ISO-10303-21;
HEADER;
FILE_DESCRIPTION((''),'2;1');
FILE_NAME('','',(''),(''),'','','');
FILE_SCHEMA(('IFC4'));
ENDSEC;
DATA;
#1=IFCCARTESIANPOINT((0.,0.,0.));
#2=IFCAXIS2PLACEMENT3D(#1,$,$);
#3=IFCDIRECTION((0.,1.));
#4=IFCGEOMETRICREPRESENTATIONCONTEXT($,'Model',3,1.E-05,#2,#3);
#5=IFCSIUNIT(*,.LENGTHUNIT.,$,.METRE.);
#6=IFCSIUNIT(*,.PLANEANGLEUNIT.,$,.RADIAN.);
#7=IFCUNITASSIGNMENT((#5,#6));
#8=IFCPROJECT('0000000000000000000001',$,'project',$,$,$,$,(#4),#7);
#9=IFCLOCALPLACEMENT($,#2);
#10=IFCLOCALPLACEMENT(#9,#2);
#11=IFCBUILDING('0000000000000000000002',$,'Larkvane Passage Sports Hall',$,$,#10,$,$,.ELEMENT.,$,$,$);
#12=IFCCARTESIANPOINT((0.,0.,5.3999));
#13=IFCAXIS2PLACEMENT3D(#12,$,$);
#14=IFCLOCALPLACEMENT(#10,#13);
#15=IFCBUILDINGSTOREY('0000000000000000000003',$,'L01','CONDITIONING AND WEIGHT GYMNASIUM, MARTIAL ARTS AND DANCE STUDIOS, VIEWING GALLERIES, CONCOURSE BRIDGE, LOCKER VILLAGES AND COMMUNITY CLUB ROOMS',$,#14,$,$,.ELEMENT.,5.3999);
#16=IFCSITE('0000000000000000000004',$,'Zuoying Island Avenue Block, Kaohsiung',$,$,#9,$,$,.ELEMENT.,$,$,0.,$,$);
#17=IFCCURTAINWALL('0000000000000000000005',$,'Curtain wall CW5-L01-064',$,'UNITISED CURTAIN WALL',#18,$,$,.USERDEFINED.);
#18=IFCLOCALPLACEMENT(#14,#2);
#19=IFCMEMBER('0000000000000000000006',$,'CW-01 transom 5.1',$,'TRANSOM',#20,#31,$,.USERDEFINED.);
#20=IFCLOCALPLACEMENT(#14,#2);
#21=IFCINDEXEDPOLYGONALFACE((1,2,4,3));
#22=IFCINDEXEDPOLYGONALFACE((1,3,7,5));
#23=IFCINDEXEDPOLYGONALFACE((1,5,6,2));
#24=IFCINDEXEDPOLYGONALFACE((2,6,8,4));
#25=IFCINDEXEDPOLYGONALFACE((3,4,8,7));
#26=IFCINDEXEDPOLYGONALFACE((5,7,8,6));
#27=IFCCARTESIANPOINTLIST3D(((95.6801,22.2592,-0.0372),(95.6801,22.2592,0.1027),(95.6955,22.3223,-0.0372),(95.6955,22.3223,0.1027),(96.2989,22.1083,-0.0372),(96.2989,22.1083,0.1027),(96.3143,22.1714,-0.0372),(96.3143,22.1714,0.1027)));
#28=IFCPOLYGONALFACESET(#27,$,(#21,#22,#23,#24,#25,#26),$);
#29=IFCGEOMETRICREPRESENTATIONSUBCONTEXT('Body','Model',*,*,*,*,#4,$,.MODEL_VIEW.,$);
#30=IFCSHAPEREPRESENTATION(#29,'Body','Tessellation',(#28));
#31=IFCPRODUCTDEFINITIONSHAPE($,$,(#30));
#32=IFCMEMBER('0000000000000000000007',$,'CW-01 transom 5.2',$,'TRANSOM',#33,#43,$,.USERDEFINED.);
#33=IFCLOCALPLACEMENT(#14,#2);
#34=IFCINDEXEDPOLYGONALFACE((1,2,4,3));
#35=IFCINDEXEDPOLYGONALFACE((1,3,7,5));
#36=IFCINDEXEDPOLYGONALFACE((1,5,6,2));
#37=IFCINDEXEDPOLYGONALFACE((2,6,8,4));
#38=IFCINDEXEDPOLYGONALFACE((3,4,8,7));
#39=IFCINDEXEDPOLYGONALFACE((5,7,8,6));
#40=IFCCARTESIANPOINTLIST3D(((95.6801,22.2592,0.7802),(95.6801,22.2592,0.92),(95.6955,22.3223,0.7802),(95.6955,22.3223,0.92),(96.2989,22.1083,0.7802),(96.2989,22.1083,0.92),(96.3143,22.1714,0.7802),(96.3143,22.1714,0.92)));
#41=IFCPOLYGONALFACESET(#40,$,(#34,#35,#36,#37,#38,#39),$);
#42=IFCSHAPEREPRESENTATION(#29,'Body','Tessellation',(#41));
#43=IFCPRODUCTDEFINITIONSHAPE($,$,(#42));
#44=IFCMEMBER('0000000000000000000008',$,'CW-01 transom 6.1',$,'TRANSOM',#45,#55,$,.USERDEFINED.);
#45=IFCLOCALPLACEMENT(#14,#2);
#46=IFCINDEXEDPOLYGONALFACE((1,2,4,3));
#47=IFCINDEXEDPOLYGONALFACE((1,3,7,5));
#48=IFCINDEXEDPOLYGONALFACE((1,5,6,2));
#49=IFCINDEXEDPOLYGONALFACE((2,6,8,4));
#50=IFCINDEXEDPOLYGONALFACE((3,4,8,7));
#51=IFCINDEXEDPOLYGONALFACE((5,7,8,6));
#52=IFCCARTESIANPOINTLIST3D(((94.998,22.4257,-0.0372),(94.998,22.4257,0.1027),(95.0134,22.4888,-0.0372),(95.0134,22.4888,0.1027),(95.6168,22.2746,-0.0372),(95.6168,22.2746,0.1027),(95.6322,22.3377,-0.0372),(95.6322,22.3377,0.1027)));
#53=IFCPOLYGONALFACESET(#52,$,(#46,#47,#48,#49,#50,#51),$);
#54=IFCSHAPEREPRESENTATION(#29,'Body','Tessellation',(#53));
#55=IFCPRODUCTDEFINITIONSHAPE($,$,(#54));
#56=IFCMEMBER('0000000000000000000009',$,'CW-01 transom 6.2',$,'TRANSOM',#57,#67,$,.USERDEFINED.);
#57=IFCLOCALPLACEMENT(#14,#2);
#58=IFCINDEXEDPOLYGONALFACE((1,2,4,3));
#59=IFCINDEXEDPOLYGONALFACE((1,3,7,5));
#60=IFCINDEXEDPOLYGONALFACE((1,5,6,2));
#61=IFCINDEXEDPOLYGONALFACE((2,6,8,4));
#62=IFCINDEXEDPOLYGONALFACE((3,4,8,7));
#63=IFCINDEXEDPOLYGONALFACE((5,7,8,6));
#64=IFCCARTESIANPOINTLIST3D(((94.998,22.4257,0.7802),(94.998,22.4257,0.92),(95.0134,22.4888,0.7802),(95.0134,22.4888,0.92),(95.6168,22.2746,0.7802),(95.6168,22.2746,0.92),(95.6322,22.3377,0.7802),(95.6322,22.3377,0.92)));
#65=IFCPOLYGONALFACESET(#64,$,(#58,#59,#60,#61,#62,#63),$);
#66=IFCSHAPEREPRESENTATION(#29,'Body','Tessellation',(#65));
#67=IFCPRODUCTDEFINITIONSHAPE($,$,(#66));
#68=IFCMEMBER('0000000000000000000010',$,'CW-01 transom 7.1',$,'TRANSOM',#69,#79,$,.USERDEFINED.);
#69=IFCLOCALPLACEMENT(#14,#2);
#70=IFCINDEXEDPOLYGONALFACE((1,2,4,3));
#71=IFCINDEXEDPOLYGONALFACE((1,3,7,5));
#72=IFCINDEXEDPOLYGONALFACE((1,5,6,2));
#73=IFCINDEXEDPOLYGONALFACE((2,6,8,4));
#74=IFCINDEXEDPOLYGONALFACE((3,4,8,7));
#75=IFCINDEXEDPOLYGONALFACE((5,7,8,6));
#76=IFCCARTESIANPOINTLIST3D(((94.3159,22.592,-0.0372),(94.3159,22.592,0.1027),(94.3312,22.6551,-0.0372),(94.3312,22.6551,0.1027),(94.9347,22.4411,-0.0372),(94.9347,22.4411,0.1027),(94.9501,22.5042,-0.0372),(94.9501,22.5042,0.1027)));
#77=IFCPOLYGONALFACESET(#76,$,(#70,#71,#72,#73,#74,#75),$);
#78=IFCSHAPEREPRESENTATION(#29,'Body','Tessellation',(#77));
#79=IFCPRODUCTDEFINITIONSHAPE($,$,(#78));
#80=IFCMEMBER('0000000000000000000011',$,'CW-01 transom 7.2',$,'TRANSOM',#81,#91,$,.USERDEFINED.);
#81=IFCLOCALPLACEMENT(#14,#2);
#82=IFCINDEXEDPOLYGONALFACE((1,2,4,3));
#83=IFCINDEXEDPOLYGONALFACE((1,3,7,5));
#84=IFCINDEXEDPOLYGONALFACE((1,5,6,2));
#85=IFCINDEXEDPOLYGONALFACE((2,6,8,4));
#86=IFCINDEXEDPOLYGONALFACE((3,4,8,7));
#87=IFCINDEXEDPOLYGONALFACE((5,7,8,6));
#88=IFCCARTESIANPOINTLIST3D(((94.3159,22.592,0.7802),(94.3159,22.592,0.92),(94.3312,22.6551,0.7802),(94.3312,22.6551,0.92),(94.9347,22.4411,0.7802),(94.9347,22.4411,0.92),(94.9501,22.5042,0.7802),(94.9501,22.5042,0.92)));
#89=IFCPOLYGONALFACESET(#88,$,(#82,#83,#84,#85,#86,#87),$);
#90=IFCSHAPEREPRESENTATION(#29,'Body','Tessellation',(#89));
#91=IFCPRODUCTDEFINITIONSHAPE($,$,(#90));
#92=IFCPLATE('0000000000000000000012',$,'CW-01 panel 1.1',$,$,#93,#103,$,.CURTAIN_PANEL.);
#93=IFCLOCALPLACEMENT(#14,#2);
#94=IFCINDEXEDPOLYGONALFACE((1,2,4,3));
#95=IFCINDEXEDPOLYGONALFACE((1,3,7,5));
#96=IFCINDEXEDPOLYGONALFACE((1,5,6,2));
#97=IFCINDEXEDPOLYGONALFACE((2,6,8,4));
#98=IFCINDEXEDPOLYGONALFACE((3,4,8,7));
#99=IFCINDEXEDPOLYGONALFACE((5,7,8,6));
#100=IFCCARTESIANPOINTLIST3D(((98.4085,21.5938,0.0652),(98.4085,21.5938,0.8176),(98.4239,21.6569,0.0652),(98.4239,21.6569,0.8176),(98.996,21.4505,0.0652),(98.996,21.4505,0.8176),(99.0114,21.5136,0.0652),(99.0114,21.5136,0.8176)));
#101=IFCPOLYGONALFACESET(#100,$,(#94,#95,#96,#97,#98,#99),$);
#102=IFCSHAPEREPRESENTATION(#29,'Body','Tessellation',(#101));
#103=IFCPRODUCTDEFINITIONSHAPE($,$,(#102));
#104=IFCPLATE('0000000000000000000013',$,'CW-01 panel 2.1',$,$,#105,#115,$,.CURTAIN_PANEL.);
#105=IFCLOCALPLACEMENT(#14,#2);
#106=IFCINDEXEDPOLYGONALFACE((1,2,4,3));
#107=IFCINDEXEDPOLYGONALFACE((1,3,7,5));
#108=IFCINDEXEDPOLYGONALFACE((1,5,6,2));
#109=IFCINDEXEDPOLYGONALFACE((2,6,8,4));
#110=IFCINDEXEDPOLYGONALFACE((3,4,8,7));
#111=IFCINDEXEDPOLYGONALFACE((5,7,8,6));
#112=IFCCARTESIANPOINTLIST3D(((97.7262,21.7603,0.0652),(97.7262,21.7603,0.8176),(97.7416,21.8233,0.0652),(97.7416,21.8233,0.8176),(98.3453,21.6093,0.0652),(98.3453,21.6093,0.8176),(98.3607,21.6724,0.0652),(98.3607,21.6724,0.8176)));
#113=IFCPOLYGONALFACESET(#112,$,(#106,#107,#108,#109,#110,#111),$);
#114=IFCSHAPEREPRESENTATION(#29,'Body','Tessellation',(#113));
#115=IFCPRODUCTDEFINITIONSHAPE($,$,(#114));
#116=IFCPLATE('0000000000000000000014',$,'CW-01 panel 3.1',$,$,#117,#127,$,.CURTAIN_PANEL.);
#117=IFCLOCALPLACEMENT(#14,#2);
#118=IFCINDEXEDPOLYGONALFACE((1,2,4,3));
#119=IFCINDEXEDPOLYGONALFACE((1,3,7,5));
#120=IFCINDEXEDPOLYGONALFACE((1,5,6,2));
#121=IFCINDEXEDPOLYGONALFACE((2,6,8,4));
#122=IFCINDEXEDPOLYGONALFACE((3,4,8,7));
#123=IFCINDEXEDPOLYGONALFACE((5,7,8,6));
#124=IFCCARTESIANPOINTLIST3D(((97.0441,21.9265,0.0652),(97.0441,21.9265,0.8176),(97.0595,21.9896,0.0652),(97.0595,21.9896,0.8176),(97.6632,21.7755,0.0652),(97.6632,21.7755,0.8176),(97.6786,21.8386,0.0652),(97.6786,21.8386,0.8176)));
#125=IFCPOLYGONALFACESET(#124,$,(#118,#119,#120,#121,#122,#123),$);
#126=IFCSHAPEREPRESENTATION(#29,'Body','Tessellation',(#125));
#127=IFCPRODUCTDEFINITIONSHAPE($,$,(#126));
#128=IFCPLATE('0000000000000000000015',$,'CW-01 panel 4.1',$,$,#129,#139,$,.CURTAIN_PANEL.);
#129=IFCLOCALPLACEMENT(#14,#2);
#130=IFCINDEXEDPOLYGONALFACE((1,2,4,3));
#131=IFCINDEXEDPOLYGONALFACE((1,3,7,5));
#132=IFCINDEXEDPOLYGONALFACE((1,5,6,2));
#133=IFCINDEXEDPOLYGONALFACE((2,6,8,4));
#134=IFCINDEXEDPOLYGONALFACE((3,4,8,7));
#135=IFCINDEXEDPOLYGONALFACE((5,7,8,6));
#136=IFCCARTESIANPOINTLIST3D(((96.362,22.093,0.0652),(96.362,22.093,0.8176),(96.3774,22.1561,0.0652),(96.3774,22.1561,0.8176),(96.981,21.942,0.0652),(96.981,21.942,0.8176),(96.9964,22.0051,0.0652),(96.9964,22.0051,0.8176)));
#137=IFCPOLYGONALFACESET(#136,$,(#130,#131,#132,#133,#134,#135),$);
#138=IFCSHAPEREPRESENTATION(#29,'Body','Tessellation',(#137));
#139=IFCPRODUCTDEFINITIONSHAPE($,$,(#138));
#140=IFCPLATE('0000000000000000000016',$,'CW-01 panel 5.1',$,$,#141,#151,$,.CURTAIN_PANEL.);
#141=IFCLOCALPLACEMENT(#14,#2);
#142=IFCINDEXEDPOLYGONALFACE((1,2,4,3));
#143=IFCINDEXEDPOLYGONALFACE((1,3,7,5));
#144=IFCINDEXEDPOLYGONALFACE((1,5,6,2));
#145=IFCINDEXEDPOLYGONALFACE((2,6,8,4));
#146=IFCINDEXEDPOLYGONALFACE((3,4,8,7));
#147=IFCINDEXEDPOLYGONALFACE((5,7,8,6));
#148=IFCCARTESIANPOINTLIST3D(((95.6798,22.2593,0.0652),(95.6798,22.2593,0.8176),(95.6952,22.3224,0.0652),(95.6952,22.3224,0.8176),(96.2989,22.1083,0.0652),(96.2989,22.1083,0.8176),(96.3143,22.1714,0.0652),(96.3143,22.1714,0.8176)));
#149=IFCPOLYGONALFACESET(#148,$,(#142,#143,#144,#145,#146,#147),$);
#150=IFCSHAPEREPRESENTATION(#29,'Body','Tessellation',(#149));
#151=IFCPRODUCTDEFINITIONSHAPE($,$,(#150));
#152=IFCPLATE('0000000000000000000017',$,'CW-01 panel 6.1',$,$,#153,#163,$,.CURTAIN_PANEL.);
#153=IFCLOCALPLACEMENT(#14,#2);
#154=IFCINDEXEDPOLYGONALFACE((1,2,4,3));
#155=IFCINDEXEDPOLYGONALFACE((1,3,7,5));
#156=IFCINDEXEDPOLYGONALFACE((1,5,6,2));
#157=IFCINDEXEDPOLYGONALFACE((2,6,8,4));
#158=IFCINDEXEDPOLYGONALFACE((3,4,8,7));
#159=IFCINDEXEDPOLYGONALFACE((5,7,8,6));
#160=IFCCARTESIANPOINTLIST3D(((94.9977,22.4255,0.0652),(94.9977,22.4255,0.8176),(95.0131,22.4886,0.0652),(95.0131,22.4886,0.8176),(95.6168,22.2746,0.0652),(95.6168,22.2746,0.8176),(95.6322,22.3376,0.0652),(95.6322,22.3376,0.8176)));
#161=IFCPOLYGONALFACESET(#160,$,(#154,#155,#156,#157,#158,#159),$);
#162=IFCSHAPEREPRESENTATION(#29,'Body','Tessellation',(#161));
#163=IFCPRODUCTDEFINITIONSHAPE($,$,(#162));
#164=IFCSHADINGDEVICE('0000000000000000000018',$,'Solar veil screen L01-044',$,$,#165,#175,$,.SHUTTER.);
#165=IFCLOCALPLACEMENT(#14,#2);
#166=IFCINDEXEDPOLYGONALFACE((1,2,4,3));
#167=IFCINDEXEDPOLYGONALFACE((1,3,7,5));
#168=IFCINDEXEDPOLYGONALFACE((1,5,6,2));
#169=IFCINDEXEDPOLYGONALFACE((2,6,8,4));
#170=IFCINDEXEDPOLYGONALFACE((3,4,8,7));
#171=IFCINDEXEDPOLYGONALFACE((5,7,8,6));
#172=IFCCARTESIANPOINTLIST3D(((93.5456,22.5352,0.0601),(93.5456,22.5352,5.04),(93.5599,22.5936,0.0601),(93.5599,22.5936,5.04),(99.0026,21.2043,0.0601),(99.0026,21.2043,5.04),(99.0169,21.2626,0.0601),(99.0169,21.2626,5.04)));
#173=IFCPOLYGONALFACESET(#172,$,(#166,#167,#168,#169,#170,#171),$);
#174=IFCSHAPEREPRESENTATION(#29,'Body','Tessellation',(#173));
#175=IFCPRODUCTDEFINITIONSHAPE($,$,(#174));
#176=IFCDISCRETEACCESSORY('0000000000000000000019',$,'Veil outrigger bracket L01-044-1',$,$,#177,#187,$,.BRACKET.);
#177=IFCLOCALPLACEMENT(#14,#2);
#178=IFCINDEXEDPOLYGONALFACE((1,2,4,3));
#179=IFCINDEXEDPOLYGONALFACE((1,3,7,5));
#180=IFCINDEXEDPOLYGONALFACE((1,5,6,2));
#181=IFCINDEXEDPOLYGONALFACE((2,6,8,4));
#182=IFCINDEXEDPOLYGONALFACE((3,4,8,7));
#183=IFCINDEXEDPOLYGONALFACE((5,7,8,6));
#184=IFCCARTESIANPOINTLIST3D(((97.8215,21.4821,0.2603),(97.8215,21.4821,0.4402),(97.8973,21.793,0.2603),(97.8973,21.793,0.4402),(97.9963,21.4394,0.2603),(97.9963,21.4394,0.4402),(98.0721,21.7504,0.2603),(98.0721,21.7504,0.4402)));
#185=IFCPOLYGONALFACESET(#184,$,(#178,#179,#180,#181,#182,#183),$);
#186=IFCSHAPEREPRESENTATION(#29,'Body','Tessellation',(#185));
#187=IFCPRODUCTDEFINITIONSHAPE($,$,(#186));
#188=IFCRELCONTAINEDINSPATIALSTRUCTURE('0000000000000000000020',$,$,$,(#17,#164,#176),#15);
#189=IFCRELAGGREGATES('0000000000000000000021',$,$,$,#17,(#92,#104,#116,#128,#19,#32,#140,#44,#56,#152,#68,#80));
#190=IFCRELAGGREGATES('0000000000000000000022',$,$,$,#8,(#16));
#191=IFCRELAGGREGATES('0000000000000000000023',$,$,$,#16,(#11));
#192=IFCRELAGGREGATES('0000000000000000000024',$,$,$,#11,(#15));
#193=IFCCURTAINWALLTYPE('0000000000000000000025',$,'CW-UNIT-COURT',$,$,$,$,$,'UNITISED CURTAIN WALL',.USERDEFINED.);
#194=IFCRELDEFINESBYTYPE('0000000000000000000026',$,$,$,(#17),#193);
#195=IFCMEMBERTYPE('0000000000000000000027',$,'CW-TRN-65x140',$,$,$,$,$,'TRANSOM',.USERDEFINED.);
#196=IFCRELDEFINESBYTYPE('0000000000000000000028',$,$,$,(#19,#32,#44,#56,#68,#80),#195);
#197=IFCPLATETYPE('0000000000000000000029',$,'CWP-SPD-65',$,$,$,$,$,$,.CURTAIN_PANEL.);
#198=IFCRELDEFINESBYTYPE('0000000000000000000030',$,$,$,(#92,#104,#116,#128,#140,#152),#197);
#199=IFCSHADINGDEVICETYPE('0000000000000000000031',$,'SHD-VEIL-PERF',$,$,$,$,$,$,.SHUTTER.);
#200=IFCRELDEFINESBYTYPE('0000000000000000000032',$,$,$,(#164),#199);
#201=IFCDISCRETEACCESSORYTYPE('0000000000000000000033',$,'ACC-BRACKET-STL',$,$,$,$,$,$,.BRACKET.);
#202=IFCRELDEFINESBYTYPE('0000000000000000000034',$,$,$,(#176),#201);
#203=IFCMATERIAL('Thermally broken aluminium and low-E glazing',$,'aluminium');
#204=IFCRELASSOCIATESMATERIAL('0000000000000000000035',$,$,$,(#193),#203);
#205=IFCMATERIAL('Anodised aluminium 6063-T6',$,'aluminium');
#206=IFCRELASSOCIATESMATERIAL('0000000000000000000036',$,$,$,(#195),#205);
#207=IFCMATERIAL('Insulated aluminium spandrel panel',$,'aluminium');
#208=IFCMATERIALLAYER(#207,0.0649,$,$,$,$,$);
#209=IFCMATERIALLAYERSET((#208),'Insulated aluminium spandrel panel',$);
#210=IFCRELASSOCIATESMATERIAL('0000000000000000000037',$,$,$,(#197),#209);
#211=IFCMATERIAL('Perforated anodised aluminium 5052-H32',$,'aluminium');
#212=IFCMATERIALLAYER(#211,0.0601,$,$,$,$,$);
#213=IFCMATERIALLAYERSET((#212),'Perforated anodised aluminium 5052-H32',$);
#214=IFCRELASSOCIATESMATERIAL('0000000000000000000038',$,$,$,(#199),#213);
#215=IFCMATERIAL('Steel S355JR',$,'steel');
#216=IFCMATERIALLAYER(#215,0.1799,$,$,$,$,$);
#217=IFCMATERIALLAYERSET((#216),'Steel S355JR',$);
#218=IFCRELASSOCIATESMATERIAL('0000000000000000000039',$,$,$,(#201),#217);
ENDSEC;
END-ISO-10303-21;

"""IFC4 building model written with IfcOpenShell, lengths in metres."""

from ifc_helpers import new_model, si_unit, direction, frame, origin, origin_2d, place, context, subcontext, project, spatial, rectangle, extrude, material, layer, layer_set, material_profile, profile_set, type_object, element, aggregate, save


model = new_model("IFC4")

# Units and contexts
model_context = context("Model", 3, precision=1e-05, world=origin(), true_north=direction((0.0, 1.0)))
body_context = subcontext(model_context, "Body", "Model", "MODEL_VIEW")
ifc_project = project(units=[si_unit("LENGTHUNIT", "METRE"), si_unit("PLANEANGLEUNIT", "RADIAN")], contexts=[model_context])

# Site, building, storey
site_placement = place(None, origin())
site = spatial("IfcSite", under=ifc_project, at=site_placement, Name="Zuoying Island Avenue Block, Kaohsiung", CompositionType="ELEMENT", RefElevation=0.0)
building_placement = place(site_placement, origin())
building = spatial("IfcBuilding", under=site, at=building_placement, Name="Larkvane Passage Sports Hall", CompositionType="ELEMENT")
storey_placement = place(building_placement, frame((0.0, 0.0, 5.3999)))
storey = spatial("IfcBuildingStorey", under=building, at=storey_placement, Name="L01", Description="CONDITIONING AND WEIGHT GYMNASIUM, MARTIAL ARTS AND DANCE STUDIOS, VIEWING GALLERIES, CONCOURSE BRIDGE, LOCKER VILLAGES AND COMMUNITY CLUB ROOMS", CompositionType="ELEMENT", Elevation=5.3999)

# Curtain wall, members, plates
ifc_material_1 = material(Name="Thermally broken aluminium and low-E glazing", Category="aluminium")
curtain_wall_type = type_object("IfcCurtainWallType", Name="CW-UNIT-COURT", ElementType="UNITISED CURTAIN WALL", PredefinedType="USERDEFINED", material=ifc_material_1)
curtain_wall_placement = place(storey_placement, origin())
curtain_wall = element("IfcCurtainWall", 1, at=curtain_wall_placement, inside=storey, type_object=curtain_wall_type, Name="Curtain wall CW5-L01-064", ObjectType="UNITISED CURTAIN WALL", PredefinedType="USERDEFINED")
ifc_material_2 = material(Name="Anodised aluminium 6063-T6", Category="aluminium")
ifc_material_profile_1 = material_profile(ifc_material_2, rectangle(XDim=0.0649, YDim=0.1399, at=origin_2d()), Name="ALU-TRN-65x140")
ifc_profile_set_1 = profile_set([ifc_material_profile_1], Name="Anodised aluminium 6063-T6")
member_type_1 = type_object("IfcMemberType", Name="CW-TRN-65x140", ElementType="TRANSOM", PredefinedType="USERDEFINED", material=ifc_profile_set_1)
member_1_placement = place(storey_placement, frame((96.3066, 22.1399, 0.0327), z_axis=(-0.971546, 0.23685, 0.0), x_axis=(-0.23685, -0.971546, 0.0)))
member_1 = element("IfcMember", 2, at=member_1_placement, type_object=member_type_1, Name="CW-01 transom 5.1", ObjectType="TRANSOM", PredefinedType="USERDEFINED", context=body_context, shape_type="SweptSolid", body=[
    extrude(rectangle(XDim=0.0649, YDim=0.1399, at=origin_2d()), origin(), (0.0, 0.0, 1.0), 0.637),
])
member_2_placement = place(storey_placement, frame((96.3066, 22.1399, 0.8501), z_axis=(-0.971546, 0.23685, 0.0), x_axis=(-0.23685, -0.971546, 0.0)))
member_2 = element("IfcMember", 3, at=member_2_placement, type_object=member_type_1, Name="CW-01 transom 5.2", ObjectType="TRANSOM", PredefinedType="USERDEFINED", context=body_context, shape_type="SweptSolid", body=[
    extrude(rectangle(XDim=0.0649, YDim=0.1399, at=origin_2d()), origin(), (0.0, 0.0, 1.0), 0.637),
])
member_3_placement = place(storey_placement, frame((95.6245, 22.3062, 0.0327), z_axis=(-0.971458, 0.237212, 0.0), x_axis=(-0.237212, -0.971458, 0.0)))
member_3 = element("IfcMember", 4, at=member_3_placement, type_object=member_type_1, Name="CW-01 transom 6.1", ObjectType="TRANSOM", PredefinedType="USERDEFINED", context=body_context, shape_type="SweptSolid", body=[
    extrude(rectangle(XDim=0.0649, YDim=0.1399, at=origin_2d()), origin(), (0.0, 0.0, 1.0), 0.637),
])
member_4_placement = place(storey_placement, frame((95.6245, 22.3062, 0.8501), z_axis=(-0.971458, 0.237212, 0.0), x_axis=(-0.237212, -0.971458, 0.0)))
member_4 = element("IfcMember", 5, at=member_4_placement, type_object=member_type_1, Name="CW-01 transom 6.2", ObjectType="TRANSOM", PredefinedType="USERDEFINED", context=body_context, shape_type="SweptSolid", body=[
    extrude(rectangle(XDim=0.0649, YDim=0.1399, at=origin_2d()), origin(), (0.0, 0.0, 1.0), 0.637),
])
member_5_placement = place(storey_placement, frame((94.9424, 22.4727, 0.0327), z_axis=(-0.971546, 0.23685, 0.0), x_axis=(-0.23685, -0.971546, 0.0)))
member_5 = element("IfcMember", 6, at=member_5_placement, type_object=member_type_1, Name="CW-01 transom 7.1", ObjectType="TRANSOM", PredefinedType="USERDEFINED", context=body_context, shape_type="SweptSolid", body=[
    extrude(rectangle(XDim=0.0649, YDim=0.1399, at=origin_2d()), origin(), (0.0, 0.0, 1.0), 0.637),
])
member_6_placement = place(storey_placement, frame((94.9424, 22.4727, 0.8501), z_axis=(-0.971546, 0.23685, 0.0), x_axis=(-0.23685, -0.971546, 0.0)))
member_6 = element("IfcMember", 7, at=member_6_placement, type_object=member_type_1, Name="CW-01 transom 7.2", ObjectType="TRANSOM", PredefinedType="USERDEFINED", context=body_context, shape_type="SweptSolid", body=[
    extrude(rectangle(XDim=0.0649, YDim=0.1399, at=origin_2d()), origin(), (0.0, 0.0, 1.0), 0.637),
])
ifc_material_3 = material(Name="Insulated aluminium spandrel panel", Category="aluminium")
ifc_layer_1 = layer(ifc_material_3, 0.0649)
ifc_layer_set_1 = layer_set([ifc_layer_1], Name="Insulated aluminium spandrel panel")
plate_type = type_object("IfcPlateType", Name="CWP-SPD-65", PredefinedType="CURTAIN_PANEL", material=ifc_layer_set_1)
plate_1_placement = place(storey_placement, frame((98.71, 21.5537, 0.0652), z_axis=(0.0, 0.0, 1.0), x_axis=(-0.971523, 0.236943, 0.0)))
plate_1 = element("IfcPlate", 8, at=plate_1_placement, type_object=plate_type, Name="CW-01 panel 1.1", PredefinedType="CURTAIN_PANEL", context=body_context, shape_type="SweptSolid", body=[
    extrude(rectangle(XDim=0.6047, YDim=0.0649, at=origin_2d()), origin(), (0.0, 0.0, 1.0), 0.7524),
])
plate_2_placement = place(storey_placement, frame((98.0435, 21.7163, 0.0652), z_axis=(0.0, 0.0, 1.0), x_axis=(-0.971523, 0.236943, 0.0)))
plate_2 = element("IfcPlate", 9, at=plate_2_placement, type_object=plate_type, Name="CW-01 panel 2.1", PredefinedType="CURTAIN_PANEL", context=body_context, shape_type="SweptSolid", body=[
    extrude(rectangle(XDim=0.6372, YDim=0.0649, at=origin_2d()), origin(), (0.0, 0.0, 1.0), 0.7524),
])
plate_3_placement = place(storey_placement, frame((97.3613, 21.8826, 0.0652), z_axis=(0.0, 0.0, 1.0), x_axis=(-0.971523, 0.236943, 0.0)))
plate_3 = element("IfcPlate", 10, at=plate_3_placement, type_object=plate_type, Name="CW-01 panel 3.1", PredefinedType="CURTAIN_PANEL", context=body_context, shape_type="SweptSolid", body=[
    extrude(rectangle(XDim=0.6372, YDim=0.0649, at=origin_2d()), origin(), (0.0, 0.0, 1.0), 0.7524),
])
plate_4_placement = place(storey_placement, frame((96.6792, 22.0491, 0.0652), z_axis=(0.0, 0.0, 1.0), x_axis=(-0.971523, 0.236943, 0.0)))
plate_4 = element("IfcPlate", 11, at=plate_4_placement, type_object=plate_type, Name="CW-01 panel 4.1", PredefinedType="CURTAIN_PANEL", context=body_context, shape_type="SweptSolid", body=[
    extrude(rectangle(XDim=0.6372, YDim=0.0649, at=origin_2d()), origin(), (0.0, 0.0, 1.0), 0.7524),
])
plate_5_placement = place(storey_placement, frame((95.9971, 22.2153, 0.0652), z_axis=(0.0, 0.0, 1.0), x_axis=(-0.971523, 0.236943, 0.0)))
plate_5 = element("IfcPlate", 12, at=plate_5_placement, type_object=plate_type, Name="CW-01 panel 5.1", PredefinedType="CURTAIN_PANEL", context=body_context, shape_type="SweptSolid", body=[
    extrude(rectangle(XDim=0.6372, YDim=0.0649, at=origin_2d()), origin(), (0.0, 0.0, 1.0), 0.7524),
])
plate_6_placement = place(storey_placement, frame((95.3149, 22.3816, 0.0652), z_axis=(0.0, 0.0, 1.0), x_axis=(-0.971523, 0.236943, 0.0)))
plate_6 = element("IfcPlate", 13, at=plate_6_placement, type_object=plate_type, Name="CW-01 panel 6.1", PredefinedType="CURTAIN_PANEL", context=body_context, shape_type="SweptSolid", body=[
    extrude(rectangle(XDim=0.6372, YDim=0.0649, at=origin_2d()), origin(), (0.0, 0.0, 1.0), 0.7524),
])
aggregate(curtain_wall, [plate_1, plate_2, plate_3, plate_4, member_1, member_2, plate_5, member_3, member_4, plate_6, member_5, member_6])

# Shading device
ifc_material_4 = material(Name="Perforated anodised aluminium 5052-H32", Category="aluminium")
ifc_layer_2 = layer(ifc_material_4, 0.0601)
ifc_layer_set_2 = layer_set([ifc_layer_2], Name="Perforated anodised aluminium 5052-H32")
shading_device_type = type_object("IfcShadingDeviceType", Name="SHD-VEIL-PERF", PredefinedType="SHUTTER", material=ifc_layer_set_2)
shading_device_placement = place(storey_placement, frame((96.2812, 21.8989, 0.0601), z_axis=(0.0, 0.0, 1.0), x_axis=(-0.97152, 0.236956, 0.0)))
element("IfcShadingDevice", 14, at=shading_device_placement, inside=storey, type_object=shading_device_type, Name="Solar veil screen L01-044", PredefinedType="SHUTTER", context=body_context, shape_type="SweptSolid", body=[
    extrude(rectangle(XDim=5.6169, YDim=0.0601, at=origin_2d()), origin(), (0.0, 0.0, 1.0), 4.98),
])

# Discrete accessory
ifc_material_5 = material(Name="Steel S355JR", Category="steel")
ifc_layer_3 = layer(ifc_material_5, 0.1799)
ifc_layer_set_3 = layer_set([ifc_layer_3], Name="Steel S355JR")
discrete_accessory_type = type_object("IfcDiscreteAccessoryType", Name="ACC-BRACKET-STL", PredefinedType="BRACKET", material=ifc_layer_set_3)
for number, where, z_axis, x_axis, name in (
    (15, (97.9468, 21.6162, 0.2603), (0.0, 0.0, 1.0), (-0.97152, 0.236956, 0.0), "Veil outrigger bracket L01-044-1"),
):
    element("IfcDiscreteAccessory", number, at=place(storey_placement, frame(where, z_axis=z_axis, x_axis=x_axis)), inside=storey, type_object=discrete_accessory_type, Name=name, PredefinedType="BRACKET", context=body_context, shape_type="SweptSolid", body=[
        extrude(rectangle(XDim=0.1799, YDim=0.3201, at=origin_2d()), origin(), (0.0, 0.0, 1.0), 0.1799),
    ])

save(model, "model.ifc")
